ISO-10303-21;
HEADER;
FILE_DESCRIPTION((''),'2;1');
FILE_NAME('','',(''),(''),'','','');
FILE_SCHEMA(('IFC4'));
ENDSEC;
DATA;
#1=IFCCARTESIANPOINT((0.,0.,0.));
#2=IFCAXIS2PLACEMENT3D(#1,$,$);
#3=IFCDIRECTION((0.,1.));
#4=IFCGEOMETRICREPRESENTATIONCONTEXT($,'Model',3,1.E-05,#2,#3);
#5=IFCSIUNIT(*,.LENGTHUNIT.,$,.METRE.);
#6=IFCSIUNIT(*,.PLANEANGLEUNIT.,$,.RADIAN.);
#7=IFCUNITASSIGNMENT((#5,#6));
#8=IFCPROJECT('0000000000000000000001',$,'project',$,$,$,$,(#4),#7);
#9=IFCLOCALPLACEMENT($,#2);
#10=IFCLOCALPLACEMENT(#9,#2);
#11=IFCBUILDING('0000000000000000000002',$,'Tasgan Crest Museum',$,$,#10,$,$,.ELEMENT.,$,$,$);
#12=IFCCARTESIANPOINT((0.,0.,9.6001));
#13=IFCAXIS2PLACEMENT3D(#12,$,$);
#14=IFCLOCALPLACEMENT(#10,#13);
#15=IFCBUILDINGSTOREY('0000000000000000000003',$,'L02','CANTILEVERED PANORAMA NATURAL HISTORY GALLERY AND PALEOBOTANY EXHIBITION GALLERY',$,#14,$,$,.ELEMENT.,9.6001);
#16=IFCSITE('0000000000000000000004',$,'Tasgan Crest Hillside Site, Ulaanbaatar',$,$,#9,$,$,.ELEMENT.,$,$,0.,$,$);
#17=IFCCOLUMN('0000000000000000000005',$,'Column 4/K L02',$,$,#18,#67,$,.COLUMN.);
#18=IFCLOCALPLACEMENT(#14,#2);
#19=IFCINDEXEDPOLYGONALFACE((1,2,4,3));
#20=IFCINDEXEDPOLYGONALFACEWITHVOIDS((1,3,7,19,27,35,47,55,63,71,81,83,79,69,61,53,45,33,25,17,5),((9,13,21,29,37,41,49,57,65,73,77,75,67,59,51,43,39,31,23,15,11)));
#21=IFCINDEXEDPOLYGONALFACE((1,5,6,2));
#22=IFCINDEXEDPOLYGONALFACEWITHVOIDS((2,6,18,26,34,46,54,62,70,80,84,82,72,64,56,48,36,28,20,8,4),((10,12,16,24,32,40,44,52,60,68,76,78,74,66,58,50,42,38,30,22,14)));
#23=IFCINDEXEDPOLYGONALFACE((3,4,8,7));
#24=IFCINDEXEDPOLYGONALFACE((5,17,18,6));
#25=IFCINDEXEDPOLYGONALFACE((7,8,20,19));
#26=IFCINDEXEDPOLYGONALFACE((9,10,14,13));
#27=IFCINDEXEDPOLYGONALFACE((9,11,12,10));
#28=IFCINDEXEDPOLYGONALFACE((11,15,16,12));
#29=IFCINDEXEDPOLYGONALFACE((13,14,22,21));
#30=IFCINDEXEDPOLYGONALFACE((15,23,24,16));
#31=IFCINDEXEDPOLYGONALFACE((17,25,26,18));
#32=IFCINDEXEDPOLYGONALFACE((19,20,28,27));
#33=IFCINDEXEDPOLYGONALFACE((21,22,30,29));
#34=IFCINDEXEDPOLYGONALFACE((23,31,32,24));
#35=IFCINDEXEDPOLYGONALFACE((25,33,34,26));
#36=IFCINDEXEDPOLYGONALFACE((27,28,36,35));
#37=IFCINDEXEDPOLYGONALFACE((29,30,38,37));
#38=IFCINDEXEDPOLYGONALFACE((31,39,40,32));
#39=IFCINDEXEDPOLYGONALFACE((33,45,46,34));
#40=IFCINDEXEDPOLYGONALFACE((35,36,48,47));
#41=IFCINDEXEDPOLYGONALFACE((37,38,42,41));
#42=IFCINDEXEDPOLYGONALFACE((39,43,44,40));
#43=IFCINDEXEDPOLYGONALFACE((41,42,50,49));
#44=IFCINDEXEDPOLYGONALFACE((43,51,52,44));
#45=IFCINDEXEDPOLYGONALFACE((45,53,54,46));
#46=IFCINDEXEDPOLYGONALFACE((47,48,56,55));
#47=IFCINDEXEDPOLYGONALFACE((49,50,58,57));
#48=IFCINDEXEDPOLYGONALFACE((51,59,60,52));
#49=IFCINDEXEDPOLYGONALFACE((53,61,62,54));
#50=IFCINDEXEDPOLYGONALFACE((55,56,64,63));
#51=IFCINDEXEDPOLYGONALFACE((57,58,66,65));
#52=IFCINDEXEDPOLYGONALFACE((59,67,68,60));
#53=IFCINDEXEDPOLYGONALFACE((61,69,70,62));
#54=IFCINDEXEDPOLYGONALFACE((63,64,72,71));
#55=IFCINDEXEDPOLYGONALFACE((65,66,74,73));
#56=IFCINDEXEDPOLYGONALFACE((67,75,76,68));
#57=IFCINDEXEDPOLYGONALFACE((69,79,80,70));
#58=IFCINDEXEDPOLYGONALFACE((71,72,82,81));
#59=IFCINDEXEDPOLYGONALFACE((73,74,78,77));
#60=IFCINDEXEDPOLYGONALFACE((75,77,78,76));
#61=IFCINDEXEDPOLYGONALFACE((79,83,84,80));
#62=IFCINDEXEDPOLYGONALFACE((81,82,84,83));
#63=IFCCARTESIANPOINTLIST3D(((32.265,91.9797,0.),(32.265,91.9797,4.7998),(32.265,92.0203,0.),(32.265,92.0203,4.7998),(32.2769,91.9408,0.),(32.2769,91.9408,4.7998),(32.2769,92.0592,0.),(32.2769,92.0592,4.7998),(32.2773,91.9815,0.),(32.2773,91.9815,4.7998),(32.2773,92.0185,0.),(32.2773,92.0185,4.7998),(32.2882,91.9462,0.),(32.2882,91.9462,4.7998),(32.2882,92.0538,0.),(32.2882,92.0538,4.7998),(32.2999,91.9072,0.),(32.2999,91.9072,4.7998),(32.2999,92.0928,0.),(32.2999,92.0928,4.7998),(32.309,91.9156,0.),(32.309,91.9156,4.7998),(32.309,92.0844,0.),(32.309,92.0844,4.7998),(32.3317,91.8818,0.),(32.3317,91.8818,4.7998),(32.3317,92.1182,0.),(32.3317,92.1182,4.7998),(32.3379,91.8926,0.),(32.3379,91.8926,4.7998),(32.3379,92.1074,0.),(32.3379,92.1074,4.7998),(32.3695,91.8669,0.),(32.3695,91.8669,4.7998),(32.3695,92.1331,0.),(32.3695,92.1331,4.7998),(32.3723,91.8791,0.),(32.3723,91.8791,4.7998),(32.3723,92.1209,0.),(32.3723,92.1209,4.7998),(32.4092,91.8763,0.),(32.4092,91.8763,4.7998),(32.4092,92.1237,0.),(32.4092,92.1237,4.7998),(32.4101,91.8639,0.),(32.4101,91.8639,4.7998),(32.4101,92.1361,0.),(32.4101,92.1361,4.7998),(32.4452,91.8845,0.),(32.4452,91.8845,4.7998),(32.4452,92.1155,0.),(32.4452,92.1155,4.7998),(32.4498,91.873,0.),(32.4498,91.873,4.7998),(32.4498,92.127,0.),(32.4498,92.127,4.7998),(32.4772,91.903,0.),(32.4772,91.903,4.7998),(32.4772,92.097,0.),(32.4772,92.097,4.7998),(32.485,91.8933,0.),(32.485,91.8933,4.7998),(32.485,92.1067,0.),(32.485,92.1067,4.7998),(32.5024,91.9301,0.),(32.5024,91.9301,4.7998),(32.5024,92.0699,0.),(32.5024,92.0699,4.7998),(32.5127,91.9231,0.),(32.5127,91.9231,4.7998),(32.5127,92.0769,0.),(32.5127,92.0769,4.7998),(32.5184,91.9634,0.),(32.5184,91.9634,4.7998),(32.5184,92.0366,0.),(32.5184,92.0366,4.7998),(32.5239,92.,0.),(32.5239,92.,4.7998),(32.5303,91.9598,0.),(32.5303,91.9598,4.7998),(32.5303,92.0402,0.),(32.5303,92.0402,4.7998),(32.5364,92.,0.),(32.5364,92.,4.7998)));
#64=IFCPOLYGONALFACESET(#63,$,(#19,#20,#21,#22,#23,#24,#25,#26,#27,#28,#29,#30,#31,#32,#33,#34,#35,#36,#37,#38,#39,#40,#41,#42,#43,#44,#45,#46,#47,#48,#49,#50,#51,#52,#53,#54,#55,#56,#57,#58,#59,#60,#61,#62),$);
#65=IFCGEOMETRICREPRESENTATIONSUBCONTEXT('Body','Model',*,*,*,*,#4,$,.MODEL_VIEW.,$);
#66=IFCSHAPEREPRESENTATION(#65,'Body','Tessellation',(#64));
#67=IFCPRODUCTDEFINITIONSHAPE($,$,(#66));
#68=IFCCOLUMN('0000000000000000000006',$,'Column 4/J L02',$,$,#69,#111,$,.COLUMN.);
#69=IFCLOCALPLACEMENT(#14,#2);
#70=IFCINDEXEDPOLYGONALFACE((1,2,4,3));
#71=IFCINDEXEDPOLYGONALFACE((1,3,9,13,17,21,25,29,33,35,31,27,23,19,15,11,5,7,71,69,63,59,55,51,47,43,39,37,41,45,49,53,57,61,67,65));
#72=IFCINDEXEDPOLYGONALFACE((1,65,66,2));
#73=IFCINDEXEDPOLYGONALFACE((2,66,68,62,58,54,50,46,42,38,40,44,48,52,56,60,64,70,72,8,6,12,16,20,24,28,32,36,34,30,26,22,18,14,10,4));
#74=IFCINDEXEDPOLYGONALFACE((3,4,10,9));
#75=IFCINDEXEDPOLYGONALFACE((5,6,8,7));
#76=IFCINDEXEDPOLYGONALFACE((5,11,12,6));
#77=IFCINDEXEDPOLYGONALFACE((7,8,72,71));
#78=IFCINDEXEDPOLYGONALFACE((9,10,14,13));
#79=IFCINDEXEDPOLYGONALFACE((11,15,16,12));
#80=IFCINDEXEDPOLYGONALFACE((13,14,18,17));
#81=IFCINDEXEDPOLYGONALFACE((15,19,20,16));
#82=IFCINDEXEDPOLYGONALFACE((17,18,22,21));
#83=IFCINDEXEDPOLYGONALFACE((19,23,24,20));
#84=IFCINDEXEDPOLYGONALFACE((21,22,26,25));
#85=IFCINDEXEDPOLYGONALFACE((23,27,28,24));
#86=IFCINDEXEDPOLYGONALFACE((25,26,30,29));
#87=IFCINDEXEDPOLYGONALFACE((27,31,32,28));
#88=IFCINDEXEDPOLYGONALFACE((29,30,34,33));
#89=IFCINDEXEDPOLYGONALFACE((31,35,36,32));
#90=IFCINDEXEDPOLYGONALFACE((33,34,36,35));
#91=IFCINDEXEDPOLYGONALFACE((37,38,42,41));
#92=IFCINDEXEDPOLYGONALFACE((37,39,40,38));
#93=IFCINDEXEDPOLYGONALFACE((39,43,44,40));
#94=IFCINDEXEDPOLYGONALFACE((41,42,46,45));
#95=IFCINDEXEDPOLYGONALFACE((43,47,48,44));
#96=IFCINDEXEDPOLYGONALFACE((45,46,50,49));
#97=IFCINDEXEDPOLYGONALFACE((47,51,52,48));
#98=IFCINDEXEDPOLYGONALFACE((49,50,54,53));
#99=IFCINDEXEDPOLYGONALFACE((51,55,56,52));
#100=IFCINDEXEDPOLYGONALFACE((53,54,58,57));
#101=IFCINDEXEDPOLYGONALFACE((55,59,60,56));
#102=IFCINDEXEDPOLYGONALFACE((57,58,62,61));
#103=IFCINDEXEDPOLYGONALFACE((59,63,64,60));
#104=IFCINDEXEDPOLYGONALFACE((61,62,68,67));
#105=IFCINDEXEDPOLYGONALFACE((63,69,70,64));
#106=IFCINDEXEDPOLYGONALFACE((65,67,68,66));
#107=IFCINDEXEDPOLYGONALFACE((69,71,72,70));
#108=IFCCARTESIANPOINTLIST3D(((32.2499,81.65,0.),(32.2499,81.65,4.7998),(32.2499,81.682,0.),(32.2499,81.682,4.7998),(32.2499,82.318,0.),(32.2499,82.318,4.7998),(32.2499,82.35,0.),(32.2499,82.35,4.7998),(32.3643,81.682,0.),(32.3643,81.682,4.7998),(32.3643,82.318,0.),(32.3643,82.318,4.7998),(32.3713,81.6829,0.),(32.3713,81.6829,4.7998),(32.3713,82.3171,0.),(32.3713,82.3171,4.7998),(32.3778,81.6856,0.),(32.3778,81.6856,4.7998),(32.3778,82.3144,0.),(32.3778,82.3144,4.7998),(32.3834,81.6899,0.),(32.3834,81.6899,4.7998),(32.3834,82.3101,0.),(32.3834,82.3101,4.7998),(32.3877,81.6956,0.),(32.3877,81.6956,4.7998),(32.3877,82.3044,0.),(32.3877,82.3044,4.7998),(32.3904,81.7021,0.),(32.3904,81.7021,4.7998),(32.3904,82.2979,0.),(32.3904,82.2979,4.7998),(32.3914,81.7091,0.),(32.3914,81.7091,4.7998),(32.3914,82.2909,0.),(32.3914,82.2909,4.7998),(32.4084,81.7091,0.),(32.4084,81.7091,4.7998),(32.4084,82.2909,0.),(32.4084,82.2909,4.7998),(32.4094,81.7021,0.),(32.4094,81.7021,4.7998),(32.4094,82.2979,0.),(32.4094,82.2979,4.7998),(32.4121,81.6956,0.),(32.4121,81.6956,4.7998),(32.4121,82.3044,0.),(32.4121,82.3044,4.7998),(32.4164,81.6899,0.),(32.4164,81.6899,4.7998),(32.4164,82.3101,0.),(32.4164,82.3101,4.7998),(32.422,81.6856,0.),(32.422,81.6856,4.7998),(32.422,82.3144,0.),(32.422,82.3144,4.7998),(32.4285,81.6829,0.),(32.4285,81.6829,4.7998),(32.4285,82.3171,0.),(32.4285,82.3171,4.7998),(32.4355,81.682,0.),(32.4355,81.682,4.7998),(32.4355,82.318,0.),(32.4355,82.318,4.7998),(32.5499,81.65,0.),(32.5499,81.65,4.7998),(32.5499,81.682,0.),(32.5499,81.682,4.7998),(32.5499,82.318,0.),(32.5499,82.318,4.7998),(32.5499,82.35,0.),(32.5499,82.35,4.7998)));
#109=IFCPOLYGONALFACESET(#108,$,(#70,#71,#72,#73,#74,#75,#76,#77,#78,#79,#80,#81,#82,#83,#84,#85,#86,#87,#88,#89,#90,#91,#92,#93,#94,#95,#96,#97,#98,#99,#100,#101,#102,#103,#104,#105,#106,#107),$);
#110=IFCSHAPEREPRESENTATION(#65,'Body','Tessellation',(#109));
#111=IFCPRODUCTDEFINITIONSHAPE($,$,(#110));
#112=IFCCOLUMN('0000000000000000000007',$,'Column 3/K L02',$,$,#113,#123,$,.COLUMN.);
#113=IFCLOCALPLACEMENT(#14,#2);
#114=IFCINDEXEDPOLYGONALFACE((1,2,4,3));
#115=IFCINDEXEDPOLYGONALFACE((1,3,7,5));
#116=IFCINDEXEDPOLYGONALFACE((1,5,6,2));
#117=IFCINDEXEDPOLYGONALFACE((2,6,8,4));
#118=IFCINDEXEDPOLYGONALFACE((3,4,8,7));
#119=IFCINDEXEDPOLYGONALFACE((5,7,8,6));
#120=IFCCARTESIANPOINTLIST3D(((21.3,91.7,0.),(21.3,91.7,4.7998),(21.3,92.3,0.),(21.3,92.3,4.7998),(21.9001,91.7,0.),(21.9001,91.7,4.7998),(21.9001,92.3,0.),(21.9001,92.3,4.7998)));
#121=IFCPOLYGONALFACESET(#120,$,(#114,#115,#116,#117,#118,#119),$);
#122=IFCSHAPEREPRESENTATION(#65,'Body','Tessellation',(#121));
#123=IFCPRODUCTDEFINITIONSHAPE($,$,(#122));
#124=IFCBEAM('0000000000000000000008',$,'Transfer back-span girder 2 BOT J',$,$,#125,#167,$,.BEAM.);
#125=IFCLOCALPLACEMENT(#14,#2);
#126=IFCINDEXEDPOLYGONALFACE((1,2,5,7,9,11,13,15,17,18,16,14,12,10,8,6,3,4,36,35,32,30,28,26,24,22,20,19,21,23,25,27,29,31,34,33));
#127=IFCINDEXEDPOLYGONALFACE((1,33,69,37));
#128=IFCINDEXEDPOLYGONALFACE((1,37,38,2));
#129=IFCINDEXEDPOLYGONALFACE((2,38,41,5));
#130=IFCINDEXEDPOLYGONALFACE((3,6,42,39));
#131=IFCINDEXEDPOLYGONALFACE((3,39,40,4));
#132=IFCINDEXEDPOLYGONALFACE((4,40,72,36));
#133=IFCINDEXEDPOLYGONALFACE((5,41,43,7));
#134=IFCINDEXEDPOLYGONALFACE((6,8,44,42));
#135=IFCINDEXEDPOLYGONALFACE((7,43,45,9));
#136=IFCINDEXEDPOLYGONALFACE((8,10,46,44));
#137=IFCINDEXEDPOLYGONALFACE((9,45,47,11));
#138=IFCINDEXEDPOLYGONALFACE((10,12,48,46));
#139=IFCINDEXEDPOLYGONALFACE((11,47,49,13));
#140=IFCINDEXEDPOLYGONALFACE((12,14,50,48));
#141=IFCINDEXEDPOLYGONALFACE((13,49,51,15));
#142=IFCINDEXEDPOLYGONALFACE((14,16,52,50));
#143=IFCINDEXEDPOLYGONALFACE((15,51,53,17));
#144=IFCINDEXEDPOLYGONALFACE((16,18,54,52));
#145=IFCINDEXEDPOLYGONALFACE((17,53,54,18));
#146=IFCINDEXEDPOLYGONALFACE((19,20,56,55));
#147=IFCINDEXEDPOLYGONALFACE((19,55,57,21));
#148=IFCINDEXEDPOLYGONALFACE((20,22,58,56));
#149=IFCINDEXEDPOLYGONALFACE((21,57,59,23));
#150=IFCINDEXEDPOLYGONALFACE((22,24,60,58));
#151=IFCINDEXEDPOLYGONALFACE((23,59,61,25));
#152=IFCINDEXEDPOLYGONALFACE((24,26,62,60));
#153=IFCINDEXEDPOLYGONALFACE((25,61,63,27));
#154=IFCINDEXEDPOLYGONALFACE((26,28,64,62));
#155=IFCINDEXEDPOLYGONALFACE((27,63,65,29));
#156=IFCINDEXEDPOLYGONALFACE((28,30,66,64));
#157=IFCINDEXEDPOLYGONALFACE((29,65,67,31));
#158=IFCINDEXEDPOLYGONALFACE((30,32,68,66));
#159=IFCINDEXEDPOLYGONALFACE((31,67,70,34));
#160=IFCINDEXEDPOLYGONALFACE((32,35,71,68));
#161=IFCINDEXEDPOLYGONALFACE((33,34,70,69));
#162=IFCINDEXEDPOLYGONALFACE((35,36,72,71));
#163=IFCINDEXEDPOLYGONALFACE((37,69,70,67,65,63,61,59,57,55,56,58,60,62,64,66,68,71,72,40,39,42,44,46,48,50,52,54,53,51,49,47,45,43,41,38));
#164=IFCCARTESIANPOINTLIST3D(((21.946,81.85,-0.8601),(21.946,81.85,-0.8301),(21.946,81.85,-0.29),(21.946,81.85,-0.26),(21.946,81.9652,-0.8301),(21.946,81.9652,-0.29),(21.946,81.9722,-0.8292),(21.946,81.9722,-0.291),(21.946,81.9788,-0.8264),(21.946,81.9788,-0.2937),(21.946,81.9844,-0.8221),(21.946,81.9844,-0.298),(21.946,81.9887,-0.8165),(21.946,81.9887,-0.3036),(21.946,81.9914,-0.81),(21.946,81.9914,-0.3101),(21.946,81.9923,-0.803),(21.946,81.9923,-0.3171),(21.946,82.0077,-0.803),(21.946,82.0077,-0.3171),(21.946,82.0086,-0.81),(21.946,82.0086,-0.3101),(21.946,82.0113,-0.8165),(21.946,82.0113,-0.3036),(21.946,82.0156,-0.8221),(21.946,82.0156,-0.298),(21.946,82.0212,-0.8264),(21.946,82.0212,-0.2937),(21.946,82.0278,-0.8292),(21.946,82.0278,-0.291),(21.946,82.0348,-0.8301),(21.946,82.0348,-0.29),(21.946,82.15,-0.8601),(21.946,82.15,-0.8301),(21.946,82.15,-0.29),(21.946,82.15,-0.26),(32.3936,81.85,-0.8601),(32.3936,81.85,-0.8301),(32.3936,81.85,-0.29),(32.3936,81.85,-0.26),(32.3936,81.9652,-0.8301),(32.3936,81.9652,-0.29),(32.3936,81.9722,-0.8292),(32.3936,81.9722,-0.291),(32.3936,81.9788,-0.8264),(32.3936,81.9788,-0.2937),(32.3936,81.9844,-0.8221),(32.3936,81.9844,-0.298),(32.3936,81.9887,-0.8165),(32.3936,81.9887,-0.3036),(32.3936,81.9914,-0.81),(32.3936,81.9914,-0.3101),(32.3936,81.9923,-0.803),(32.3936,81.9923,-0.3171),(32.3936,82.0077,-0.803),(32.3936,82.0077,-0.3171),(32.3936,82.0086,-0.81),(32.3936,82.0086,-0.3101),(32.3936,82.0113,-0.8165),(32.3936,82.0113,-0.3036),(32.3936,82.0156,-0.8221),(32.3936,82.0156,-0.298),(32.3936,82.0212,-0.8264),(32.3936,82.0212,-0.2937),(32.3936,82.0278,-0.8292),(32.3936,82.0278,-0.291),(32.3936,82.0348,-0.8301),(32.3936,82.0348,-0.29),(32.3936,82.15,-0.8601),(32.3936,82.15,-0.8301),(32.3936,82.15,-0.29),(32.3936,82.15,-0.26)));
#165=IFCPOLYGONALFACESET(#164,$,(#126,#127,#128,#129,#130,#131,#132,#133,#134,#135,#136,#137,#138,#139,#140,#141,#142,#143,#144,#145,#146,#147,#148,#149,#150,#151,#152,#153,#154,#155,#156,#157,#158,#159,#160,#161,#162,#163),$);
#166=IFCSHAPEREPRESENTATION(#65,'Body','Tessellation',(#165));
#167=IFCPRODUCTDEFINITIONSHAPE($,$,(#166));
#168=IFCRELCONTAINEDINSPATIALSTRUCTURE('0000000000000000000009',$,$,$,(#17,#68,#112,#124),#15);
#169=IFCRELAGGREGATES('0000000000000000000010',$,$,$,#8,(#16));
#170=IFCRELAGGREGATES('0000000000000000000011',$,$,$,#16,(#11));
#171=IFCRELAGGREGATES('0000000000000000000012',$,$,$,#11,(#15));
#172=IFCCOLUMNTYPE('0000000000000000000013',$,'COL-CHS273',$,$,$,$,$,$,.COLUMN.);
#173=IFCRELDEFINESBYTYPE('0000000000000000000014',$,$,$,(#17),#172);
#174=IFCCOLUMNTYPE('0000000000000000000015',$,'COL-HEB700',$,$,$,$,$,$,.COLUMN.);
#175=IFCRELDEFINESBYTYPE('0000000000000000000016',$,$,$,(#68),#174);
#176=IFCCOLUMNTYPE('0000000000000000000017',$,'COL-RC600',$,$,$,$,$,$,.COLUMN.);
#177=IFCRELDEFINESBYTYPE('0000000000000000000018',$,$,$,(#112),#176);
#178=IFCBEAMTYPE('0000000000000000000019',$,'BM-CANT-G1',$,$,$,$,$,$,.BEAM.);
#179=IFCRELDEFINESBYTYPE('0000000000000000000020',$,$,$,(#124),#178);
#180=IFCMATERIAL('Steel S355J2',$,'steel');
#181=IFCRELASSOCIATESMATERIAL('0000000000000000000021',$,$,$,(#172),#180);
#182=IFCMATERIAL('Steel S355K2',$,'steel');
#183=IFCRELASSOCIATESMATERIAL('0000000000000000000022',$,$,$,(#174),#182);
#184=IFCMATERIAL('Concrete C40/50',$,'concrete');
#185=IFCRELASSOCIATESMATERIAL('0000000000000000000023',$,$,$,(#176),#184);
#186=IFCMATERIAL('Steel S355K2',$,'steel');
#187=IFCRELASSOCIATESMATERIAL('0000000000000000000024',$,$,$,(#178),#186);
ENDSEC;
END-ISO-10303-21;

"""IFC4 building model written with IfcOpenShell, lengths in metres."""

from ifc_helpers import new_model, si_unit, direction, frame, origin, origin_2d, place, context, subcontext, project, spatial, rectangle, hollow_circle, i_section, extrude, material, material_profile, profile_set, type_object, element, save


model = new_model("IFC4")

# Units and contexts
model_context = context("Model", 3, precision=1e-05, world=origin(), true_north=direction((0.0, 1.0)))
body_context = subcontext(model_context, "Body", "Model", "MODEL_VIEW")
ifc_project = project(units=[si_unit("LENGTHUNIT", "METRE"), si_unit("PLANEANGLEUNIT", "RADIAN")], contexts=[model_context])

# Site, building, storey
site_placement = place(None, origin())
site = spatial("IfcSite", under=ifc_project, at=site_placement, Name="Tasgan Crest Hillside Site, Ulaanbaatar", CompositionType="ELEMENT", RefElevation=0.0)
building_placement = place(site_placement, origin())
building = spatial("IfcBuilding", under=site, at=building_placement, Name="Tasgan Crest Museum", CompositionType="ELEMENT")
storey_placement = place(building_placement, frame((0.0, 0.0, 9.6001)))
storey = spatial("IfcBuildingStorey", under=building, at=storey_placement, Name="L02", Description="CANTILEVERED PANORAMA NATURAL HISTORY GALLERY AND PALEOBOTANY EXHIBITION GALLERY", CompositionType="ELEMENT", Elevation=9.6001)

# Columns
ifc_material_1 = material(Name="Steel S355J2", Category="steel")
ifc_material_profile_1 = material_profile(ifc_material_1, hollow_circle(Radius=0.1365, WallThickness=0.0125, at=origin_2d()), Name="CHS 273x12.5")
ifc_profile_set_1 = profile_set([ifc_material_profile_1], Name="Steel S355J2")
column_type_1 = type_object("IfcColumnType", Name="COL-CHS273", PredefinedType="COLUMN", material=ifc_profile_set_1)
column_1_placement = place(storey_placement, frame((32.3999, 92.0, 0.0), z_axis=(0.0, 0.0, 1.0), x_axis=(1.0, 0.0, 0.0)))
element("IfcColumn", 1, at=column_1_placement, inside=storey, type_object=column_type_1, Name="Column 4/K L02", PredefinedType="COLUMN", context=body_context, shape_type="SweptSolid", body=[
    extrude(hollow_circle(Radius=0.1365, WallThickness=0.0125, at=origin_2d()), origin(), (0.0, 0.0, 1.0), 4.7998),
])
ifc_material_2 = material(Name="Steel S355K2", Category="steel")
ifc_material_profile_2 = material_profile(ifc_material_2, i_section(OverallWidth=0.3, OverallDepth=0.7, WebThickness=0.0171, FlangeThickness=0.032, FilletRadius=0.0271, at=origin_2d()), Name="HEB 700")
ifc_profile_set_2 = profile_set([ifc_material_profile_2], Name="Steel S355K2")
column_type_2 = type_object("IfcColumnType", Name="COL-HEB700", PredefinedType="COLUMN", material=ifc_profile_set_2)
column_2_placement = place(storey_placement, frame((32.3999, 82.0, 0.0), z_axis=(0.0, 0.0, 1.0), x_axis=(1.0, 0.0, 0.0)))
element("IfcColumn", 2, at=column_2_placement, inside=storey, type_object=column_type_2, Name="Column 4/J L02", PredefinedType="COLUMN", context=body_context, shape_type="SweptSolid", body=[
    extrude(i_section(OverallWidth=0.3, OverallDepth=0.7, WebThickness=0.0171, FlangeThickness=0.032, FilletRadius=0.0271, at=origin_2d()), origin(), (0.0, 0.0, 1.0), 4.7998),
])
ifc_material_3 = material(Name="Concrete C40/50", Category="concrete")
ifc_material_profile_3 = material_profile(ifc_material_3, rectangle(XDim=0.6001, YDim=0.6001, at=origin_2d()), Name="RC 600x600")
ifc_profile_set_3 = profile_set([ifc_material_profile_3], Name="Concrete C40/50")
column_type_3 = type_object("IfcColumnType", Name="COL-RC600", PredefinedType="COLUMN", material=ifc_profile_set_3)
column_3_placement = place(storey_placement, frame((21.6001, 92.0, 0.0), z_axis=(0.0, 0.0, 1.0), x_axis=(1.0, 0.0, 0.0)))
element("IfcColumn", 3, at=column_3_placement, inside=storey, type_object=column_type_3, Name="Column 3/K L02", PredefinedType="COLUMN", context=body_context, shape_type="SweptSolid", body=[
    extrude(rectangle(XDim=0.6001, YDim=0.6001, at=origin_2d()), origin(), (0.0, 0.0, 1.0), 4.7998),
])

# Beam
ifc_material_4 = material(Name="Steel S355K2", Category="steel")
ifc_material_profile_4 = material_profile(ifc_material_4, i_section(OverallWidth=0.3, OverallDepth=0.6001, WebThickness=0.0154, FlangeThickness=0.03, FilletRadius=0.0271, at=origin_2d()), Name="HEB 600")
ifc_profile_set_4 = profile_set([ifc_material_profile_4], Name="Steel S355K2")
beam_type_1 = type_object("IfcBeamType", Name="BM-CANT-G1", PredefinedType="BEAM", material=ifc_profile_set_4)
beam_1_placement = place(storey_placement, frame((21.946, 82.0, -0.5601), z_axis=(1.0, 0.0, 0.0), x_axis=(0.0, 1.0, 0.0)))
element("IfcBeam", 4, at=beam_1_placement, inside=storey, type_object=beam_type_1, Name="Transfer back-span girder 2 BOT J", PredefinedType="BEAM", context=body_context, shape_type="SweptSolid", body=[
    extrude(i_section(OverallWidth=0.3, OverallDepth=0.6001, WebThickness=0.0154, FlangeThickness=0.03, FilletRadius=0.0271, at=origin_2d()), origin(), (0.0, 0.0, 1.0), 10.4475),
])

save(model, "model.ifc")
